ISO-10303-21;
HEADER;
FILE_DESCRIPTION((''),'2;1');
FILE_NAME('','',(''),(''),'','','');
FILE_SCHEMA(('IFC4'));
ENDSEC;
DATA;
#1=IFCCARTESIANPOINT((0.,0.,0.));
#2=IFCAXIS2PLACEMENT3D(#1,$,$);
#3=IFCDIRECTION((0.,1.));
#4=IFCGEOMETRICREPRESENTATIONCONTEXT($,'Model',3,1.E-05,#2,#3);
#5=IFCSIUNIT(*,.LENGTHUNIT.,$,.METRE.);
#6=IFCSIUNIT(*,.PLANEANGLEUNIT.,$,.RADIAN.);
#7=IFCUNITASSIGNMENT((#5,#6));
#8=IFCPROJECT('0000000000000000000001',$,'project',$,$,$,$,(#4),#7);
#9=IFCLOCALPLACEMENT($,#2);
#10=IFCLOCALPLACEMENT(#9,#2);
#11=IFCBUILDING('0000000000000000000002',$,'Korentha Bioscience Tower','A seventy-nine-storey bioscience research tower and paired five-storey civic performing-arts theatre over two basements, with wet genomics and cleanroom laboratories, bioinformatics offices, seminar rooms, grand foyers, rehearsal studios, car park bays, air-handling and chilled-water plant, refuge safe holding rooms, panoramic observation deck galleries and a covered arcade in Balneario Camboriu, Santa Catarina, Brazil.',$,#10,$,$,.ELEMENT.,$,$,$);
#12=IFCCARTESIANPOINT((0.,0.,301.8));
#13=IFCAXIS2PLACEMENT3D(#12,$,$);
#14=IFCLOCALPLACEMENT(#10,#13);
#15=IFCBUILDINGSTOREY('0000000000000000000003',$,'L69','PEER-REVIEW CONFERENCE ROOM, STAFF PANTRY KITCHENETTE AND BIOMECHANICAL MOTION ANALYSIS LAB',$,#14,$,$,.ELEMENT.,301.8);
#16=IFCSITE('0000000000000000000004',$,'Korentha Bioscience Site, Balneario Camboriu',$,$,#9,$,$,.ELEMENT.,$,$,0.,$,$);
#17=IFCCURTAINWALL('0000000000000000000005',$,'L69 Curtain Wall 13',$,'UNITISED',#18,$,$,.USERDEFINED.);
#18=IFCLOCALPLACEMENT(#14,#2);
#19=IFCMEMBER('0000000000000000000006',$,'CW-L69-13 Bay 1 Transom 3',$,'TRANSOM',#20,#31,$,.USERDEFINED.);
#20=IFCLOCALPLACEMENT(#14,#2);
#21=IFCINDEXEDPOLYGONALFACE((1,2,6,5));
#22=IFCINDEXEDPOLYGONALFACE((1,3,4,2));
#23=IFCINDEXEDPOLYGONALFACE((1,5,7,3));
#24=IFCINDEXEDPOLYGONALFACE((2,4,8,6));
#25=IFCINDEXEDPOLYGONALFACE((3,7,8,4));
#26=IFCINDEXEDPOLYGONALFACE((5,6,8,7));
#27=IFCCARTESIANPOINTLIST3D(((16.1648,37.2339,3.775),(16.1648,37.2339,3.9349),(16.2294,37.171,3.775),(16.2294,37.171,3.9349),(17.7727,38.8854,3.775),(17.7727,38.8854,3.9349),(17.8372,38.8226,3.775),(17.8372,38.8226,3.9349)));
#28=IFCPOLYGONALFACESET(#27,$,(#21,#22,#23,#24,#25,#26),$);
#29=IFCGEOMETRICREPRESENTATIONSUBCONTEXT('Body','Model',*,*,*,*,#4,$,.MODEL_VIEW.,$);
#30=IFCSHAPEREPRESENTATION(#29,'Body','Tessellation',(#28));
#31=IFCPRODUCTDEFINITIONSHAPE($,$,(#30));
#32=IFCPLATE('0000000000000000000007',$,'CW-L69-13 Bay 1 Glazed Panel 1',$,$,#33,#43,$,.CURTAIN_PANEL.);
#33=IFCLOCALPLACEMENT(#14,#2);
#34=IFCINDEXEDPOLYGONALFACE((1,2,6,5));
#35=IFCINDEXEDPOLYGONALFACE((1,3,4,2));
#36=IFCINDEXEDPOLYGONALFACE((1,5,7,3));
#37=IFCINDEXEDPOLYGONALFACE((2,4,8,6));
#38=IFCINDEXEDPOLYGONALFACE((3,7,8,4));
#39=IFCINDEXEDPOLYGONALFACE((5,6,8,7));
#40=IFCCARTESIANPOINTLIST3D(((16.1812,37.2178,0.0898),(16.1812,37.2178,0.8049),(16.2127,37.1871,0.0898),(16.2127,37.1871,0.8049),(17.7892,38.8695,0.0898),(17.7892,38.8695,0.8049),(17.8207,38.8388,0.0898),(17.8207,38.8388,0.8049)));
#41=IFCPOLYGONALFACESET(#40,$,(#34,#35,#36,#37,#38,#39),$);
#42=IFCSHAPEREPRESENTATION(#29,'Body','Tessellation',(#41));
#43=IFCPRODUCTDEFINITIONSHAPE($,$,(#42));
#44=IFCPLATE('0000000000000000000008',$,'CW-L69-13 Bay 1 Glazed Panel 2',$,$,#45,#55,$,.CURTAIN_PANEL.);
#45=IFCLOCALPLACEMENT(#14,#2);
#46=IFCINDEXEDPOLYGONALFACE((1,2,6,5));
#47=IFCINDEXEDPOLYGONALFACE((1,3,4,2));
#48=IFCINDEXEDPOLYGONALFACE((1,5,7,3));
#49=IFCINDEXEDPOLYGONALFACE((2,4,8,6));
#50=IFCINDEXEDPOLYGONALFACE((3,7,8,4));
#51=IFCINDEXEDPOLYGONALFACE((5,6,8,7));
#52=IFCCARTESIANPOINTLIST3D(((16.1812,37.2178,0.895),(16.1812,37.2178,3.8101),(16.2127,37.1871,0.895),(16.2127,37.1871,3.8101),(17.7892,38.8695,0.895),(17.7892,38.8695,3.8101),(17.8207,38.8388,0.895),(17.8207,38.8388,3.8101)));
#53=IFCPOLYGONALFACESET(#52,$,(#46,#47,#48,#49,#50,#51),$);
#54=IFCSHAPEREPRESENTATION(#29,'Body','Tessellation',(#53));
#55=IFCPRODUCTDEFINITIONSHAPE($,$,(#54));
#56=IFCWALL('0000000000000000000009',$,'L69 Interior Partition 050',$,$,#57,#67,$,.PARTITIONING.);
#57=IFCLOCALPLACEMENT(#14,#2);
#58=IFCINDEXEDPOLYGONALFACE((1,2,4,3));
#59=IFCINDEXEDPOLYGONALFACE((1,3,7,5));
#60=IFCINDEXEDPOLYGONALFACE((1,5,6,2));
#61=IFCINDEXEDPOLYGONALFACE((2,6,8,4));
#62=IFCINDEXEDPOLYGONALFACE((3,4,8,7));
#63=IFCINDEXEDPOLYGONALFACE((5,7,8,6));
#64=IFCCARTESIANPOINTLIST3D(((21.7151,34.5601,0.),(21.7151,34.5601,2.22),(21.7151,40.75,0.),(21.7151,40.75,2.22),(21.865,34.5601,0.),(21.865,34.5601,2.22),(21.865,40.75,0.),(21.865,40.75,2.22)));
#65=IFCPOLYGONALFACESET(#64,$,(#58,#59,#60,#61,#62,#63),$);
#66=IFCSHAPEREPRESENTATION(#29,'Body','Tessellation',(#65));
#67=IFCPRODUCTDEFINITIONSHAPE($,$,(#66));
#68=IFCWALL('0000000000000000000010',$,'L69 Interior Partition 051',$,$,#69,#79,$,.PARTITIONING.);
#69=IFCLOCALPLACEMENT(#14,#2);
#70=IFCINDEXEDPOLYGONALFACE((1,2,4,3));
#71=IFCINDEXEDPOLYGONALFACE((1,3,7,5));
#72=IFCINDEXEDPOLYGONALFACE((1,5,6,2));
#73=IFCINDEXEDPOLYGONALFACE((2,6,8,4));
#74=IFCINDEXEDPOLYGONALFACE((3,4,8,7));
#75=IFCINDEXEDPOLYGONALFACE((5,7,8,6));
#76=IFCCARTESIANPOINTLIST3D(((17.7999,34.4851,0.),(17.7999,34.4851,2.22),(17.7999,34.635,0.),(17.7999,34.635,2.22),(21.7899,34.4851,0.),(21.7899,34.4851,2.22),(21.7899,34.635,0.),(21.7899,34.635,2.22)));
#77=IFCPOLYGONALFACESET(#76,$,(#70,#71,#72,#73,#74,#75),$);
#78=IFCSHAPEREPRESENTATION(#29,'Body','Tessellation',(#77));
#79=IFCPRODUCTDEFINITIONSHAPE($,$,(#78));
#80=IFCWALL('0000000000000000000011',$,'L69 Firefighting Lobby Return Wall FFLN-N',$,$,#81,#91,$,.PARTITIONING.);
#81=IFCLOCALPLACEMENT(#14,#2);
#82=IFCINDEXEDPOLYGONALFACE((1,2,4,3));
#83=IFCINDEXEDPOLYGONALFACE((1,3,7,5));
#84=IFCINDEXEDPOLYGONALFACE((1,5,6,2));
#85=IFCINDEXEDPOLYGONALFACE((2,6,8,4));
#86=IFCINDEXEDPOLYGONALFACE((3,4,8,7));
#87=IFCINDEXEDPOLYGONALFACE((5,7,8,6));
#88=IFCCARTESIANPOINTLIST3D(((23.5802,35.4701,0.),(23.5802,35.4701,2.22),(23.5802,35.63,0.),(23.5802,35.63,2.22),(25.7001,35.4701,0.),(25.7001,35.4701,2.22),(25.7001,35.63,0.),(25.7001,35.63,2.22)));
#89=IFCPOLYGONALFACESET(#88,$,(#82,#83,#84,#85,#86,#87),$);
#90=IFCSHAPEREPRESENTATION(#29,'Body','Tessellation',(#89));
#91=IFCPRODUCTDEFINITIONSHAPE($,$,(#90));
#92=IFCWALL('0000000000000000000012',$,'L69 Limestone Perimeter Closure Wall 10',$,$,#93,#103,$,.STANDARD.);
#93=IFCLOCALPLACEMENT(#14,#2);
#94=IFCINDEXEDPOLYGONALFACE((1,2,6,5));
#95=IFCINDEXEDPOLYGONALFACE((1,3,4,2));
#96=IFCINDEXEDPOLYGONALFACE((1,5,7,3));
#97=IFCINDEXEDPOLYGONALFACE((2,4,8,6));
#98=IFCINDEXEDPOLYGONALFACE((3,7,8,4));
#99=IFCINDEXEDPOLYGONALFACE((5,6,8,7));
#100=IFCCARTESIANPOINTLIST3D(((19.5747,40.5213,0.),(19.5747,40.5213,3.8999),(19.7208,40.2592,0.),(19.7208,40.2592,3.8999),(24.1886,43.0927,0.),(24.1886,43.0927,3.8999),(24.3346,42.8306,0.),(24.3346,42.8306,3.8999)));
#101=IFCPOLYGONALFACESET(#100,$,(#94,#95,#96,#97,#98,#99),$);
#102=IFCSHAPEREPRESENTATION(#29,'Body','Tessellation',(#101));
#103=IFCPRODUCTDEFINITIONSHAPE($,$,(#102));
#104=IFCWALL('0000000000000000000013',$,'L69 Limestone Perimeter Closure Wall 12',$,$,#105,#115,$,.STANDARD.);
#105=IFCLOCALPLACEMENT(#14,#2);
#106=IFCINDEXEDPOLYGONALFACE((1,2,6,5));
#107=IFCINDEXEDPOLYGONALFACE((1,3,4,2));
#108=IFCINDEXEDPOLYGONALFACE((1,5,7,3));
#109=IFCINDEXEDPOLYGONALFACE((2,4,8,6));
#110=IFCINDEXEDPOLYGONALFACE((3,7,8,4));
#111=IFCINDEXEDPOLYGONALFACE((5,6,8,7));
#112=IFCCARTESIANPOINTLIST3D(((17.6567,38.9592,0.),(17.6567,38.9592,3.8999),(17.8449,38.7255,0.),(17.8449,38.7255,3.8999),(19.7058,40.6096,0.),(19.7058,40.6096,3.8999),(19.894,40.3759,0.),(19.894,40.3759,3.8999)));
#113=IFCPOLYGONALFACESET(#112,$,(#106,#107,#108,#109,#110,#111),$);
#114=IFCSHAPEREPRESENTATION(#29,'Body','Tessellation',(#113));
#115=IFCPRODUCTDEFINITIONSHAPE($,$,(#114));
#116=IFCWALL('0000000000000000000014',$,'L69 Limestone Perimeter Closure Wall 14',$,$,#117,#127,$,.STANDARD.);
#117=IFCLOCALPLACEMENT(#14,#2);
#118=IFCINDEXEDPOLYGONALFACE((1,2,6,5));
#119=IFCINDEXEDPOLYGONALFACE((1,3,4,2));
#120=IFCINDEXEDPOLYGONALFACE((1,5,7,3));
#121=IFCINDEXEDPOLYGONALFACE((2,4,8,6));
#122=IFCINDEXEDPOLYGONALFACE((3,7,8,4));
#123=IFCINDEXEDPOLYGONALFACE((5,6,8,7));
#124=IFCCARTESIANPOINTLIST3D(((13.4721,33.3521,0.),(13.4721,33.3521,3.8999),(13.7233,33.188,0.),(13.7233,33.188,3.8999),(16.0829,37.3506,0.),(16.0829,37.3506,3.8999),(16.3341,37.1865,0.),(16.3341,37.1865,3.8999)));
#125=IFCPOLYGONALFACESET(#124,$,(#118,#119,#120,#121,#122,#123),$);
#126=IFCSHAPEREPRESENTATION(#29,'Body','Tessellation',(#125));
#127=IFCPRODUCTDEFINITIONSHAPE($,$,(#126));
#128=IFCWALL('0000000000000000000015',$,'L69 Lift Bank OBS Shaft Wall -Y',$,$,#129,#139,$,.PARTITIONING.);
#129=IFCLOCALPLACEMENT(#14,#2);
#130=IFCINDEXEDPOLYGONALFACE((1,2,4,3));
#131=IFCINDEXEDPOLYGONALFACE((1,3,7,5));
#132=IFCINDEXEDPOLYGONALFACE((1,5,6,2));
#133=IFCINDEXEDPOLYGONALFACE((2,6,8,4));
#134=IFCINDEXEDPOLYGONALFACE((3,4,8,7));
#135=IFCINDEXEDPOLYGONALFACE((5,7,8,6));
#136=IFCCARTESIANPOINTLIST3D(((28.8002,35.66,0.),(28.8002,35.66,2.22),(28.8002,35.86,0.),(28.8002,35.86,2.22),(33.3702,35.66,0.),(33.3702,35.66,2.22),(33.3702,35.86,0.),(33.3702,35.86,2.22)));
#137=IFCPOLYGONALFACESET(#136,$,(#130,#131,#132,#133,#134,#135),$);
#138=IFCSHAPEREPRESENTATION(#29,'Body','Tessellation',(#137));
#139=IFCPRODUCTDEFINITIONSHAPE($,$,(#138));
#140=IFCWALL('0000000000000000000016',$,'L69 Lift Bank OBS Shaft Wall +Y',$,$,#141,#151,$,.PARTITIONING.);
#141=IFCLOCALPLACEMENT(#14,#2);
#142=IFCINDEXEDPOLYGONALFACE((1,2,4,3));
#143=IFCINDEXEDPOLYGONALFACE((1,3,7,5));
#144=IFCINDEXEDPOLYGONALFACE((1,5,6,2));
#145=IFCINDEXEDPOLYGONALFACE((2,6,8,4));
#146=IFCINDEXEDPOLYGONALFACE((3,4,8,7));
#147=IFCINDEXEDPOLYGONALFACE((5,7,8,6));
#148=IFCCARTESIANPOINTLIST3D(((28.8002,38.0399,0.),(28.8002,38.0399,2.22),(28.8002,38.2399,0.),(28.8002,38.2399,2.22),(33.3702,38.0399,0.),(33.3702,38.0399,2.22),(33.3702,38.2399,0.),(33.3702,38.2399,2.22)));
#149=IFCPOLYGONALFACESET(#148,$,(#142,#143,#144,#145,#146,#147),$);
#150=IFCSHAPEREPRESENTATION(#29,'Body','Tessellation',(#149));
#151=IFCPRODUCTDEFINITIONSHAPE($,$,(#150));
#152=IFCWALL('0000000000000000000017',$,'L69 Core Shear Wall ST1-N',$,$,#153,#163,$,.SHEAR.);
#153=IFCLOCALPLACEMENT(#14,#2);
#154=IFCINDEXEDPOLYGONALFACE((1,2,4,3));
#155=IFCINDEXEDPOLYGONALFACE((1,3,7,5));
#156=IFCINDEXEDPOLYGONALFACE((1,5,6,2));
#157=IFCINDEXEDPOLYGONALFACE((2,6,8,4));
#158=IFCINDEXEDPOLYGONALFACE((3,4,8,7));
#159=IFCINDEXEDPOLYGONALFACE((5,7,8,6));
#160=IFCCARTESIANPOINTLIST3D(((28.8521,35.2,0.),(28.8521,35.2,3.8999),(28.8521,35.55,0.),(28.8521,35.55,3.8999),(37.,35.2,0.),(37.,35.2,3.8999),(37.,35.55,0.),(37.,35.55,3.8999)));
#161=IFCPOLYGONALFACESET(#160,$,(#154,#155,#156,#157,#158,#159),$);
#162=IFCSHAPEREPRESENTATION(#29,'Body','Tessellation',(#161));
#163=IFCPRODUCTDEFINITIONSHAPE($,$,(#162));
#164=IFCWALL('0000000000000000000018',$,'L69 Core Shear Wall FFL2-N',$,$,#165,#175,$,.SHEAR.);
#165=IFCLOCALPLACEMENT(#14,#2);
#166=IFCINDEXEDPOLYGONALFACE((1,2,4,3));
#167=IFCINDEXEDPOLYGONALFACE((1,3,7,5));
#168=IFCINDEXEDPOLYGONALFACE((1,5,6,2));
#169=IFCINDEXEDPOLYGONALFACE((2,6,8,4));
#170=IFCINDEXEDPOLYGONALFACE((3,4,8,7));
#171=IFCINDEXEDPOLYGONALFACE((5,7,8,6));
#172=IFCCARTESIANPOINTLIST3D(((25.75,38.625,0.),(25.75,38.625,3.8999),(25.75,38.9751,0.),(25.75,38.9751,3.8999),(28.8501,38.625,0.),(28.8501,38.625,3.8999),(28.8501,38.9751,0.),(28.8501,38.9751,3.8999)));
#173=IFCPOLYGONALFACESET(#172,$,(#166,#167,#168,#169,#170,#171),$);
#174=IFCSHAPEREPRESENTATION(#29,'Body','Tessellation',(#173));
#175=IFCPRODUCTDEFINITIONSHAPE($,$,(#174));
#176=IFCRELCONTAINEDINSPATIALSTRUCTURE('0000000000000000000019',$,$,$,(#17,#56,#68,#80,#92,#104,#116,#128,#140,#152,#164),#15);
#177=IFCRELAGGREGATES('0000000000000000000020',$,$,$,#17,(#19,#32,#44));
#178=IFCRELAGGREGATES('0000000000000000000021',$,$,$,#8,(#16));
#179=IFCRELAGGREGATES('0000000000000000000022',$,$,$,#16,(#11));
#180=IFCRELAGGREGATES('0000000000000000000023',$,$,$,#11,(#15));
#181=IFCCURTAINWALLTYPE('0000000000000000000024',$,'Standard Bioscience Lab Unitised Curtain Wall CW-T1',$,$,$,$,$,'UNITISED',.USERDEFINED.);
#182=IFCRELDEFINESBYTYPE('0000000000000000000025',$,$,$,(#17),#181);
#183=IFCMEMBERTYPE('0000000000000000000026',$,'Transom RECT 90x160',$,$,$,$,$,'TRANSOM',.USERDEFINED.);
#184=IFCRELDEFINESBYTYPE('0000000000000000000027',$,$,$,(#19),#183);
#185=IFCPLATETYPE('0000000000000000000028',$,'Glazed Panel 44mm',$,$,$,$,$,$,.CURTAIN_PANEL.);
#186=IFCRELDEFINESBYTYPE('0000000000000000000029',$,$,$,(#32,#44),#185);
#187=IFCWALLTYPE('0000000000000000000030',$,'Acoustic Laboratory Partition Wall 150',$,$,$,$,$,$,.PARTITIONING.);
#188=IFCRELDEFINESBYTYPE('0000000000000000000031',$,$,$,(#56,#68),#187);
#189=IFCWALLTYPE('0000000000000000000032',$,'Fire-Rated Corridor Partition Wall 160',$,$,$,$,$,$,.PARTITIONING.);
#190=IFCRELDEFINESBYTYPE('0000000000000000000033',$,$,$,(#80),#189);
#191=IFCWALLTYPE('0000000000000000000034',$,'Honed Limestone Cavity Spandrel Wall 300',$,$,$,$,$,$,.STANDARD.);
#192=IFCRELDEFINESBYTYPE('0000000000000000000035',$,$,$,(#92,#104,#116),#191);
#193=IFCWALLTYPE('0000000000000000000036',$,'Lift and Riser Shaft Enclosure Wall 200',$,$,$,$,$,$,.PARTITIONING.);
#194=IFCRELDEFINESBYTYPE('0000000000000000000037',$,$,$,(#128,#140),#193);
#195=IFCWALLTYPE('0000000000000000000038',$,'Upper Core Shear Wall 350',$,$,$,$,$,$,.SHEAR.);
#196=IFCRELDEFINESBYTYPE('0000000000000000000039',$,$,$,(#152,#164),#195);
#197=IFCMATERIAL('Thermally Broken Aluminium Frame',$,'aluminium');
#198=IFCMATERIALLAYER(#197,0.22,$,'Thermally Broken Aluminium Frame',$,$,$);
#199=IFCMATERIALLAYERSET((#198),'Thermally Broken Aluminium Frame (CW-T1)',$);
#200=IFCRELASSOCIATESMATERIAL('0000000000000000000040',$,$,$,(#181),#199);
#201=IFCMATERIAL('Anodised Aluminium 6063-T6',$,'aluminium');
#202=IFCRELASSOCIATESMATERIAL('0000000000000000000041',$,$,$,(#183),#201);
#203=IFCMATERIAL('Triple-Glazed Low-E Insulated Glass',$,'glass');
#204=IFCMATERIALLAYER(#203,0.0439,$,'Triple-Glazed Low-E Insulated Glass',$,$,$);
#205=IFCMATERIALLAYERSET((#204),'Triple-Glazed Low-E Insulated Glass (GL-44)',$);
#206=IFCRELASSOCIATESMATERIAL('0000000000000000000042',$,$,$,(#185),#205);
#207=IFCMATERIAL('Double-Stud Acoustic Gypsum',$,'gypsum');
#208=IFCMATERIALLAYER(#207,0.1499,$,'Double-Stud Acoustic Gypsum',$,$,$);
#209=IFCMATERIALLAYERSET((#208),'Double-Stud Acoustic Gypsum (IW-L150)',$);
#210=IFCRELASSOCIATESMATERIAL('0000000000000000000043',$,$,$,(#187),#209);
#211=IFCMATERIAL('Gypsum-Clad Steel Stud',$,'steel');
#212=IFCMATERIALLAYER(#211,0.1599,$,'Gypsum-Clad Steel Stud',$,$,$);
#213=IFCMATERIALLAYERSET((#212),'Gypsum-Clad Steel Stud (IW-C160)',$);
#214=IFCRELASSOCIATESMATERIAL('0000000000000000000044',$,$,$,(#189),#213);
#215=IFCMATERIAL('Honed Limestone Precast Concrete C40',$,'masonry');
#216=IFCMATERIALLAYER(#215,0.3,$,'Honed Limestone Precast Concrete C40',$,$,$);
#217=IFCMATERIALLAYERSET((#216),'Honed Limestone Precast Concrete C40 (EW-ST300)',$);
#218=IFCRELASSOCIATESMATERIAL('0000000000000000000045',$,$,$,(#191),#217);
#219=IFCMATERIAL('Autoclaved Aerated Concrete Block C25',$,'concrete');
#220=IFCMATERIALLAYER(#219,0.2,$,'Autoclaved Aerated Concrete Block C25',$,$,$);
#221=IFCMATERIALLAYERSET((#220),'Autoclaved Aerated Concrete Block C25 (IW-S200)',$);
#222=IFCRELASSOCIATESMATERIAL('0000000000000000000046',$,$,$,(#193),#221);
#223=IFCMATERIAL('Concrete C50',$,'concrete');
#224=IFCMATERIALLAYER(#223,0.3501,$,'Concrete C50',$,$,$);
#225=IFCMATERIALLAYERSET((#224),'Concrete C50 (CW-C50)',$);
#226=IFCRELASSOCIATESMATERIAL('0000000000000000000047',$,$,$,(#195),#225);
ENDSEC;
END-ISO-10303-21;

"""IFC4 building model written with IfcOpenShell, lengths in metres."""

from ifc_helpers import new_model, si_unit, direction, frame, frame_2d, origin, origin_2d, place, context, subcontext, project, spatial, rectangle, extrude, material, layer, layer_set, material_profile, profile_set, type_object, element, aggregate, save


model = new_model("IFC4")

# Units and contexts
model_context = context("Model", 3, precision=1e-05, world=origin(), true_north=direction((0.0, 1.0)))
body_context = subcontext(model_context, "Body", "Model", "MODEL_VIEW")
ifc_project = project(units=[si_unit("LENGTHUNIT", "METRE"), si_unit("PLANEANGLEUNIT", "RADIAN")], contexts=[model_context])

# Site, building, storey
site_placement = place(None, origin())
site = spatial("IfcSite", under=ifc_project, at=site_placement, Name="Korentha Bioscience Site, Balneario Camboriu", CompositionType="ELEMENT", RefElevation=0.0)
building_placement = place(site_placement, origin())
building = spatial("IfcBuilding", under=site, at=building_placement, Name="Korentha Bioscience Tower", Description="A seventy-nine-storey bioscience research tower and paired five-storey civic performing-arts theatre over two basements, with wet genomics and cleanroom laboratories, bioinformatics offices, seminar rooms, grand foyers, rehearsal studios, car park bays, air-handling and chilled-water plant, refuge safe holding rooms, panoramic observation deck galleries and a covered arcade in Balneario Camboriu, Santa Catarina, Brazil.", CompositionType="ELEMENT")
storey_placement = place(building_placement, frame((0.0, 0.0, 301.8)))
storey = spatial("IfcBuildingStorey", under=building, at=storey_placement, Name="L69", Description="PEER-REVIEW CONFERENCE ROOM, STAFF PANTRY KITCHENETTE AND BIOMECHANICAL MOTION ANALYSIS LAB", CompositionType="ELEMENT", Elevation=301.8)

# Shared definitions
ifc_material_1 = material(Name="Concrete C50", Category="concrete")

# Shared definitions
ifc_material_2 = material(Name="Thermally Broken Aluminium Frame", Category="aluminium")
ifc_layer_1 = layer(ifc_material_2, 0.22, Name="Thermally Broken Aluminium Frame")
ifc_layer_set_1 = layer_set([ifc_layer_1], Name="Thermally Broken Aluminium Frame (CW-T1)")
curtain_wall_type = type_object("IfcCurtainWallType", Name="Standard Bioscience Lab Unitised Curtain Wall CW-T1", ElementType="UNITISED", PredefinedType="USERDEFINED", material=ifc_layer_set_1)
ifc_material_3 = material(Name="Anodised Aluminium 6063-T6", Category="aluminium")

# Curtain wall
curtain_wall_1_placement = place(storey_placement, origin())
curtain_wall_1 = element("IfcCurtainWall", 1, at=curtain_wall_1_placement, inside=storey, type_object=curtain_wall_type, Name="L69 Curtain Wall 13", ObjectType="UNITISED", PredefinedType="USERDEFINED")

# Member
ifc_material_profile_1 = material_profile(ifc_material_3, rectangle(XDim=0.0901, YDim=0.1599, at=origin_2d()), Name="Anodised Aluminium 6063-T6")
ifc_profile_set_1 = profile_set([ifc_material_profile_1], Name="Anodised Aluminium 6063-T6 (CW-TRN)")
member_type_1 = type_object("IfcMemberType", Name="Transom RECT 90x160", ElementType="TRANSOM", PredefinedType="USERDEFINED", material=ifc_profile_set_1)
member_1_placement = place(storey_placement, frame((17.8049, 38.854, 3.855), z_axis=(-0.697564, -0.716523, 0.0), x_axis=(0.716523, -0.697564, 0.0)))
member_1 = element("IfcMember", 2, at=member_1_placement, type_object=member_type_1, Name="CW-L69-13 Bay 1 Transom 3", ObjectType="TRANSOM", PredefinedType="USERDEFINED", context=body_context, shape_type="SweptSolid", body=[
    extrude(rectangle(XDim=0.0901, YDim=0.1599, at=origin_2d()), origin(), (0.0, 0.0, 1.0), 2.3049),
])

# Plates
ifc_material_4 = material(Name="Triple-Glazed Low-E Insulated Glass", Category="glass")
ifc_layer_2 = layer(ifc_material_4, 0.0439, Name="Triple-Glazed Low-E Insulated Glass")
ifc_layer_set_2 = layer_set([ifc_layer_2], Name="Triple-Glazed Low-E Insulated Glass (GL-44)")
plate_type = type_object("IfcPlateType", Name="Glazed Panel 44mm", PredefinedType="CURTAIN_PANEL", material=ifc_layer_set_2)
plate_1_placement = place(storey_placement, frame((17.001, 38.0283, 0.0898), z_axis=(0.0, 0.0, 1.0), x_axis=(-0.697567, -0.716519, 0.0)))
plate_1 = element("IfcPlate", 3, at=plate_1_placement, type_object=plate_type, Name="CW-L69-13 Bay 1 Glazed Panel 1", PredefinedType="CURTAIN_PANEL", context=body_context, shape_type="SweptSolid", body=[
    extrude(rectangle(XDim=2.3052, YDim=0.0439, at=origin_2d()), origin(), (0.0, 0.0, 1.0), 0.7151),
])
plate_2_placement = place(storey_placement, frame((17.001, 38.0283, 0.895), z_axis=(0.0, 0.0, 1.0), x_axis=(-0.697567, -0.716519, 0.0)))
plate_2 = element("IfcPlate", 4, at=plate_2_placement, type_object=plate_type, Name="CW-L69-13 Bay 1 Glazed Panel 2", PredefinedType="CURTAIN_PANEL", context=body_context, shape_type="SweptSolid", body=[
    extrude(rectangle(XDim=2.3052, YDim=0.0439, at=origin_2d()), origin(), (0.0, 0.0, 1.0), 2.915),
])
aggregate(curtain_wall_1, [member_1, plate_1, plate_2])

# Walls
ifc_material_5 = material(Name="Double-Stud Acoustic Gypsum", Category="gypsum")
ifc_layer_3 = layer(ifc_material_5, 0.1499, Name="Double-Stud Acoustic Gypsum")
ifc_layer_set_3 = layer_set([ifc_layer_3], Name="Double-Stud Acoustic Gypsum (IW-L150)")
wall_type_1 = type_object("IfcWallType", Name="Acoustic Laboratory Partition Wall 150", PredefinedType="PARTITIONING", material=ifc_layer_set_3)
wall_1_placement = place(storey_placement, frame((21.79, 40.75, 0.0), z_axis=(0.0, 0.0, 1.0), x_axis=(0.0, -1.0, 0.0)))
element("IfcWall", 5, at=wall_1_placement, inside=storey, type_object=wall_type_1, Name="L69 Interior Partition 050", PredefinedType="PARTITIONING", context=body_context, shape_type="SweptSolid", body=[
    extrude(rectangle(XDim=6.1899, YDim=0.1499, at=frame_2d((3.095, 0.0))), origin(), (0.0, 0.0, 1.0), 2.22),
])
wall_2_placement = place(storey_placement, frame((21.79, 34.5601, 0.0), z_axis=(0.0, 0.0, 1.0), x_axis=(-1.0, 0.0, 0.0)))
element("IfcWall", 6, at=wall_2_placement, inside=storey, type_object=wall_type_1, Name="L69 Interior Partition 051", PredefinedType="PARTITIONING", context=body_context, shape_type="SweptSolid", body=[
    extrude(rectangle(XDim=3.99, YDim=0.1499, at=frame_2d((1.9951, 0.0))), origin(), (0.0, 0.0, 1.0), 2.22),
])
ifc_material_6 = material(Name="Gypsum-Clad Steel Stud", Category="steel")
ifc_layer_4 = layer(ifc_material_6, 0.1599, Name="Gypsum-Clad Steel Stud")
ifc_layer_set_4 = layer_set([ifc_layer_4], Name="Gypsum-Clad Steel Stud (IW-C160)")
wall_type_2 = type_object("IfcWallType", Name="Fire-Rated Corridor Partition Wall 160", PredefinedType="PARTITIONING", material=ifc_layer_set_4)
wall_3_placement = place(storey_placement, frame((23.5801, 35.55, 0.0), z_axis=(0.0, 0.0, 1.0), x_axis=(1.0, 0.0, 0.0)))
element("IfcWall", 7, at=wall_3_placement, inside=storey, type_object=wall_type_2, Name="L69 Firefighting Lobby Return Wall FFLN-N", PredefinedType="PARTITIONING", context=body_context, shape_type="SweptSolid", body=[
    extrude(rectangle(XDim=2.1199, YDim=0.1599, at=frame_2d((1.0601, 0.0))), origin(), (0.0, 0.0, 1.0), 2.22),
])
ifc_material_7 = material(Name="Honed Limestone Precast Concrete C40", Category="masonry")
ifc_layer_5 = layer(ifc_material_7, 0.3, Name="Honed Limestone Precast Concrete C40")
ifc_layer_set_5 = layer_set([ifc_layer_5], Name="Honed Limestone Precast Concrete C40 (EW-ST300)")
wall_type_3 = type_object("IfcWallType", Name="Honed Limestone Cavity Spandrel Wall 300", PredefinedType="STANDARD", material=ifc_layer_set_5)
wall_4_placement = place(storey_placement, frame((24.2617, 42.9617, 0.0), z_axis=(0.0, 0.0, 1.0), x_axis=(-0.873507, -0.486812, 0.0)))
element("IfcWall", 8, at=wall_4_placement, inside=storey, type_object=wall_type_3, Name="L69 Limestone Perimeter Closure Wall 10", PredefinedType="STANDARD", context=body_context, shape_type="SweptSolid", body=[
    extrude(rectangle(XDim=5.282, YDim=0.3, at=frame_2d((2.6411, 0.0))), origin(), (0.0, 0.0, 1.0), 3.8999),
])
wall_5_placement = place(storey_placement, frame((19.7998, 40.4927, 0.0), z_axis=(0.0, 0.0, 1.0), x_axis=(-0.7788, -0.627272, 0.0)))
element("IfcWall", 9, at=wall_5_placement, inside=storey, type_object=wall_type_3, Name="L69 Limestone Perimeter Closure Wall 12", PredefinedType="STANDARD", context=body_context, shape_type="SweptSolid", body=[
    extrude(rectangle(XDim=2.6311, YDim=0.3, at=frame_2d((1.3154, 0.0))), origin(), (0.0, 0.0, 1.0), 3.8999),
])
wall_6_placement = place(storey_placement, frame((16.2085, 37.2686, 0.0), z_axis=(0.0, 0.0, 1.0), x_axis=(-0.546723, -0.837313, 0.0)))
element("IfcWall", 10, at=wall_6_placement, inside=storey, type_object=wall_type_3, Name="L69 Limestone Perimeter Closure Wall 14", PredefinedType="STANDARD", context=body_context, shape_type="SweptSolid", body=[
    extrude(rectangle(XDim=4.7754, YDim=0.3, at=frame_2d((2.3877, 0.0))), origin(), (0.0, 0.0, 1.0), 3.8999),
])
ifc_material_8 = material(Name="Autoclaved Aerated Concrete Block C25", Category="concrete")
ifc_layer_6 = layer(ifc_material_8, 0.2, Name="Autoclaved Aerated Concrete Block C25")
ifc_layer_set_6 = layer_set([ifc_layer_6], Name="Autoclaved Aerated Concrete Block C25 (IW-S200)")
wall_type_4 = type_object("IfcWallType", Name="Lift and Riser Shaft Enclosure Wall 200", PredefinedType="PARTITIONING", material=ifc_layer_set_6)
for number, where, z_axis, x_axis, name in (
    (11, (28.8, 35.76, 0.0), (0.0, 0.0, 1.0), (1.0, 0.0, 0.0), "L69 Lift Bank OBS Shaft Wall -Y"),
    (12, (28.8, 38.1399, 0.0), (0.0, 0.0, 1.0), (1.0, 0.0, 0.0), "L69 Lift Bank OBS Shaft Wall +Y"),
):
    element("IfcWall", number, at=place(storey_placement, frame(where, z_axis=z_axis, x_axis=x_axis)), inside=storey, type_object=wall_type_4, Name=name, PredefinedType="PARTITIONING", context=body_context, shape_type="SweptSolid", body=[
        extrude(rectangle(XDim=4.5701, YDim=0.2, at=frame_2d((2.2852, 0.0))), origin(), (0.0, 0.0, 1.0), 2.22),
    ])
ifc_layer_7 = layer(ifc_material_1, 0.3501, Name="Concrete C50")
ifc_layer_set_7 = layer_set([ifc_layer_7], Name="Concrete C50 (CW-C50)")
wall_type_5 = type_object("IfcWallType", Name="Upper Core Shear Wall 350", PredefinedType="SHEAR", material=ifc_layer_set_7)
wall_7_placement = place(storey_placement, frame((28.8521, 35.375, 0.0), z_axis=(0.0, 0.0, 1.0), x_axis=(1.0, 0.0, 0.0)))
element("IfcWall", 13, at=wall_7_placement, inside=storey, type_object=wall_type_5, Name="L69 Core Shear Wall ST1-N", PredefinedType="SHEAR", context=body_context, shape_type="SweptSolid", body=[
    extrude(rectangle(XDim=8.1479, YDim=0.3501, at=frame_2d((4.074, 0.0))), origin(), (0.0, 0.0, 1.0), 3.8999),
])
wall_8_placement = place(storey_placement, frame((25.75, 38.8, 0.0), z_axis=(0.0, 0.0, 1.0), x_axis=(1.0, 0.0, 0.0)))
element("IfcWall", 14, at=wall_8_placement, inside=storey, type_object=wall_type_5, Name="L69 Core Shear Wall FFL2-N", PredefinedType="SHEAR", context=body_context, shape_type="SweptSolid", body=[
    extrude(rectangle(XDim=3.1001, YDim=0.3501, at=frame_2d((1.55, 0.0))), origin(), (0.0, 0.0, 1.0), 3.8999),
])

save(model, "model.ifc")
